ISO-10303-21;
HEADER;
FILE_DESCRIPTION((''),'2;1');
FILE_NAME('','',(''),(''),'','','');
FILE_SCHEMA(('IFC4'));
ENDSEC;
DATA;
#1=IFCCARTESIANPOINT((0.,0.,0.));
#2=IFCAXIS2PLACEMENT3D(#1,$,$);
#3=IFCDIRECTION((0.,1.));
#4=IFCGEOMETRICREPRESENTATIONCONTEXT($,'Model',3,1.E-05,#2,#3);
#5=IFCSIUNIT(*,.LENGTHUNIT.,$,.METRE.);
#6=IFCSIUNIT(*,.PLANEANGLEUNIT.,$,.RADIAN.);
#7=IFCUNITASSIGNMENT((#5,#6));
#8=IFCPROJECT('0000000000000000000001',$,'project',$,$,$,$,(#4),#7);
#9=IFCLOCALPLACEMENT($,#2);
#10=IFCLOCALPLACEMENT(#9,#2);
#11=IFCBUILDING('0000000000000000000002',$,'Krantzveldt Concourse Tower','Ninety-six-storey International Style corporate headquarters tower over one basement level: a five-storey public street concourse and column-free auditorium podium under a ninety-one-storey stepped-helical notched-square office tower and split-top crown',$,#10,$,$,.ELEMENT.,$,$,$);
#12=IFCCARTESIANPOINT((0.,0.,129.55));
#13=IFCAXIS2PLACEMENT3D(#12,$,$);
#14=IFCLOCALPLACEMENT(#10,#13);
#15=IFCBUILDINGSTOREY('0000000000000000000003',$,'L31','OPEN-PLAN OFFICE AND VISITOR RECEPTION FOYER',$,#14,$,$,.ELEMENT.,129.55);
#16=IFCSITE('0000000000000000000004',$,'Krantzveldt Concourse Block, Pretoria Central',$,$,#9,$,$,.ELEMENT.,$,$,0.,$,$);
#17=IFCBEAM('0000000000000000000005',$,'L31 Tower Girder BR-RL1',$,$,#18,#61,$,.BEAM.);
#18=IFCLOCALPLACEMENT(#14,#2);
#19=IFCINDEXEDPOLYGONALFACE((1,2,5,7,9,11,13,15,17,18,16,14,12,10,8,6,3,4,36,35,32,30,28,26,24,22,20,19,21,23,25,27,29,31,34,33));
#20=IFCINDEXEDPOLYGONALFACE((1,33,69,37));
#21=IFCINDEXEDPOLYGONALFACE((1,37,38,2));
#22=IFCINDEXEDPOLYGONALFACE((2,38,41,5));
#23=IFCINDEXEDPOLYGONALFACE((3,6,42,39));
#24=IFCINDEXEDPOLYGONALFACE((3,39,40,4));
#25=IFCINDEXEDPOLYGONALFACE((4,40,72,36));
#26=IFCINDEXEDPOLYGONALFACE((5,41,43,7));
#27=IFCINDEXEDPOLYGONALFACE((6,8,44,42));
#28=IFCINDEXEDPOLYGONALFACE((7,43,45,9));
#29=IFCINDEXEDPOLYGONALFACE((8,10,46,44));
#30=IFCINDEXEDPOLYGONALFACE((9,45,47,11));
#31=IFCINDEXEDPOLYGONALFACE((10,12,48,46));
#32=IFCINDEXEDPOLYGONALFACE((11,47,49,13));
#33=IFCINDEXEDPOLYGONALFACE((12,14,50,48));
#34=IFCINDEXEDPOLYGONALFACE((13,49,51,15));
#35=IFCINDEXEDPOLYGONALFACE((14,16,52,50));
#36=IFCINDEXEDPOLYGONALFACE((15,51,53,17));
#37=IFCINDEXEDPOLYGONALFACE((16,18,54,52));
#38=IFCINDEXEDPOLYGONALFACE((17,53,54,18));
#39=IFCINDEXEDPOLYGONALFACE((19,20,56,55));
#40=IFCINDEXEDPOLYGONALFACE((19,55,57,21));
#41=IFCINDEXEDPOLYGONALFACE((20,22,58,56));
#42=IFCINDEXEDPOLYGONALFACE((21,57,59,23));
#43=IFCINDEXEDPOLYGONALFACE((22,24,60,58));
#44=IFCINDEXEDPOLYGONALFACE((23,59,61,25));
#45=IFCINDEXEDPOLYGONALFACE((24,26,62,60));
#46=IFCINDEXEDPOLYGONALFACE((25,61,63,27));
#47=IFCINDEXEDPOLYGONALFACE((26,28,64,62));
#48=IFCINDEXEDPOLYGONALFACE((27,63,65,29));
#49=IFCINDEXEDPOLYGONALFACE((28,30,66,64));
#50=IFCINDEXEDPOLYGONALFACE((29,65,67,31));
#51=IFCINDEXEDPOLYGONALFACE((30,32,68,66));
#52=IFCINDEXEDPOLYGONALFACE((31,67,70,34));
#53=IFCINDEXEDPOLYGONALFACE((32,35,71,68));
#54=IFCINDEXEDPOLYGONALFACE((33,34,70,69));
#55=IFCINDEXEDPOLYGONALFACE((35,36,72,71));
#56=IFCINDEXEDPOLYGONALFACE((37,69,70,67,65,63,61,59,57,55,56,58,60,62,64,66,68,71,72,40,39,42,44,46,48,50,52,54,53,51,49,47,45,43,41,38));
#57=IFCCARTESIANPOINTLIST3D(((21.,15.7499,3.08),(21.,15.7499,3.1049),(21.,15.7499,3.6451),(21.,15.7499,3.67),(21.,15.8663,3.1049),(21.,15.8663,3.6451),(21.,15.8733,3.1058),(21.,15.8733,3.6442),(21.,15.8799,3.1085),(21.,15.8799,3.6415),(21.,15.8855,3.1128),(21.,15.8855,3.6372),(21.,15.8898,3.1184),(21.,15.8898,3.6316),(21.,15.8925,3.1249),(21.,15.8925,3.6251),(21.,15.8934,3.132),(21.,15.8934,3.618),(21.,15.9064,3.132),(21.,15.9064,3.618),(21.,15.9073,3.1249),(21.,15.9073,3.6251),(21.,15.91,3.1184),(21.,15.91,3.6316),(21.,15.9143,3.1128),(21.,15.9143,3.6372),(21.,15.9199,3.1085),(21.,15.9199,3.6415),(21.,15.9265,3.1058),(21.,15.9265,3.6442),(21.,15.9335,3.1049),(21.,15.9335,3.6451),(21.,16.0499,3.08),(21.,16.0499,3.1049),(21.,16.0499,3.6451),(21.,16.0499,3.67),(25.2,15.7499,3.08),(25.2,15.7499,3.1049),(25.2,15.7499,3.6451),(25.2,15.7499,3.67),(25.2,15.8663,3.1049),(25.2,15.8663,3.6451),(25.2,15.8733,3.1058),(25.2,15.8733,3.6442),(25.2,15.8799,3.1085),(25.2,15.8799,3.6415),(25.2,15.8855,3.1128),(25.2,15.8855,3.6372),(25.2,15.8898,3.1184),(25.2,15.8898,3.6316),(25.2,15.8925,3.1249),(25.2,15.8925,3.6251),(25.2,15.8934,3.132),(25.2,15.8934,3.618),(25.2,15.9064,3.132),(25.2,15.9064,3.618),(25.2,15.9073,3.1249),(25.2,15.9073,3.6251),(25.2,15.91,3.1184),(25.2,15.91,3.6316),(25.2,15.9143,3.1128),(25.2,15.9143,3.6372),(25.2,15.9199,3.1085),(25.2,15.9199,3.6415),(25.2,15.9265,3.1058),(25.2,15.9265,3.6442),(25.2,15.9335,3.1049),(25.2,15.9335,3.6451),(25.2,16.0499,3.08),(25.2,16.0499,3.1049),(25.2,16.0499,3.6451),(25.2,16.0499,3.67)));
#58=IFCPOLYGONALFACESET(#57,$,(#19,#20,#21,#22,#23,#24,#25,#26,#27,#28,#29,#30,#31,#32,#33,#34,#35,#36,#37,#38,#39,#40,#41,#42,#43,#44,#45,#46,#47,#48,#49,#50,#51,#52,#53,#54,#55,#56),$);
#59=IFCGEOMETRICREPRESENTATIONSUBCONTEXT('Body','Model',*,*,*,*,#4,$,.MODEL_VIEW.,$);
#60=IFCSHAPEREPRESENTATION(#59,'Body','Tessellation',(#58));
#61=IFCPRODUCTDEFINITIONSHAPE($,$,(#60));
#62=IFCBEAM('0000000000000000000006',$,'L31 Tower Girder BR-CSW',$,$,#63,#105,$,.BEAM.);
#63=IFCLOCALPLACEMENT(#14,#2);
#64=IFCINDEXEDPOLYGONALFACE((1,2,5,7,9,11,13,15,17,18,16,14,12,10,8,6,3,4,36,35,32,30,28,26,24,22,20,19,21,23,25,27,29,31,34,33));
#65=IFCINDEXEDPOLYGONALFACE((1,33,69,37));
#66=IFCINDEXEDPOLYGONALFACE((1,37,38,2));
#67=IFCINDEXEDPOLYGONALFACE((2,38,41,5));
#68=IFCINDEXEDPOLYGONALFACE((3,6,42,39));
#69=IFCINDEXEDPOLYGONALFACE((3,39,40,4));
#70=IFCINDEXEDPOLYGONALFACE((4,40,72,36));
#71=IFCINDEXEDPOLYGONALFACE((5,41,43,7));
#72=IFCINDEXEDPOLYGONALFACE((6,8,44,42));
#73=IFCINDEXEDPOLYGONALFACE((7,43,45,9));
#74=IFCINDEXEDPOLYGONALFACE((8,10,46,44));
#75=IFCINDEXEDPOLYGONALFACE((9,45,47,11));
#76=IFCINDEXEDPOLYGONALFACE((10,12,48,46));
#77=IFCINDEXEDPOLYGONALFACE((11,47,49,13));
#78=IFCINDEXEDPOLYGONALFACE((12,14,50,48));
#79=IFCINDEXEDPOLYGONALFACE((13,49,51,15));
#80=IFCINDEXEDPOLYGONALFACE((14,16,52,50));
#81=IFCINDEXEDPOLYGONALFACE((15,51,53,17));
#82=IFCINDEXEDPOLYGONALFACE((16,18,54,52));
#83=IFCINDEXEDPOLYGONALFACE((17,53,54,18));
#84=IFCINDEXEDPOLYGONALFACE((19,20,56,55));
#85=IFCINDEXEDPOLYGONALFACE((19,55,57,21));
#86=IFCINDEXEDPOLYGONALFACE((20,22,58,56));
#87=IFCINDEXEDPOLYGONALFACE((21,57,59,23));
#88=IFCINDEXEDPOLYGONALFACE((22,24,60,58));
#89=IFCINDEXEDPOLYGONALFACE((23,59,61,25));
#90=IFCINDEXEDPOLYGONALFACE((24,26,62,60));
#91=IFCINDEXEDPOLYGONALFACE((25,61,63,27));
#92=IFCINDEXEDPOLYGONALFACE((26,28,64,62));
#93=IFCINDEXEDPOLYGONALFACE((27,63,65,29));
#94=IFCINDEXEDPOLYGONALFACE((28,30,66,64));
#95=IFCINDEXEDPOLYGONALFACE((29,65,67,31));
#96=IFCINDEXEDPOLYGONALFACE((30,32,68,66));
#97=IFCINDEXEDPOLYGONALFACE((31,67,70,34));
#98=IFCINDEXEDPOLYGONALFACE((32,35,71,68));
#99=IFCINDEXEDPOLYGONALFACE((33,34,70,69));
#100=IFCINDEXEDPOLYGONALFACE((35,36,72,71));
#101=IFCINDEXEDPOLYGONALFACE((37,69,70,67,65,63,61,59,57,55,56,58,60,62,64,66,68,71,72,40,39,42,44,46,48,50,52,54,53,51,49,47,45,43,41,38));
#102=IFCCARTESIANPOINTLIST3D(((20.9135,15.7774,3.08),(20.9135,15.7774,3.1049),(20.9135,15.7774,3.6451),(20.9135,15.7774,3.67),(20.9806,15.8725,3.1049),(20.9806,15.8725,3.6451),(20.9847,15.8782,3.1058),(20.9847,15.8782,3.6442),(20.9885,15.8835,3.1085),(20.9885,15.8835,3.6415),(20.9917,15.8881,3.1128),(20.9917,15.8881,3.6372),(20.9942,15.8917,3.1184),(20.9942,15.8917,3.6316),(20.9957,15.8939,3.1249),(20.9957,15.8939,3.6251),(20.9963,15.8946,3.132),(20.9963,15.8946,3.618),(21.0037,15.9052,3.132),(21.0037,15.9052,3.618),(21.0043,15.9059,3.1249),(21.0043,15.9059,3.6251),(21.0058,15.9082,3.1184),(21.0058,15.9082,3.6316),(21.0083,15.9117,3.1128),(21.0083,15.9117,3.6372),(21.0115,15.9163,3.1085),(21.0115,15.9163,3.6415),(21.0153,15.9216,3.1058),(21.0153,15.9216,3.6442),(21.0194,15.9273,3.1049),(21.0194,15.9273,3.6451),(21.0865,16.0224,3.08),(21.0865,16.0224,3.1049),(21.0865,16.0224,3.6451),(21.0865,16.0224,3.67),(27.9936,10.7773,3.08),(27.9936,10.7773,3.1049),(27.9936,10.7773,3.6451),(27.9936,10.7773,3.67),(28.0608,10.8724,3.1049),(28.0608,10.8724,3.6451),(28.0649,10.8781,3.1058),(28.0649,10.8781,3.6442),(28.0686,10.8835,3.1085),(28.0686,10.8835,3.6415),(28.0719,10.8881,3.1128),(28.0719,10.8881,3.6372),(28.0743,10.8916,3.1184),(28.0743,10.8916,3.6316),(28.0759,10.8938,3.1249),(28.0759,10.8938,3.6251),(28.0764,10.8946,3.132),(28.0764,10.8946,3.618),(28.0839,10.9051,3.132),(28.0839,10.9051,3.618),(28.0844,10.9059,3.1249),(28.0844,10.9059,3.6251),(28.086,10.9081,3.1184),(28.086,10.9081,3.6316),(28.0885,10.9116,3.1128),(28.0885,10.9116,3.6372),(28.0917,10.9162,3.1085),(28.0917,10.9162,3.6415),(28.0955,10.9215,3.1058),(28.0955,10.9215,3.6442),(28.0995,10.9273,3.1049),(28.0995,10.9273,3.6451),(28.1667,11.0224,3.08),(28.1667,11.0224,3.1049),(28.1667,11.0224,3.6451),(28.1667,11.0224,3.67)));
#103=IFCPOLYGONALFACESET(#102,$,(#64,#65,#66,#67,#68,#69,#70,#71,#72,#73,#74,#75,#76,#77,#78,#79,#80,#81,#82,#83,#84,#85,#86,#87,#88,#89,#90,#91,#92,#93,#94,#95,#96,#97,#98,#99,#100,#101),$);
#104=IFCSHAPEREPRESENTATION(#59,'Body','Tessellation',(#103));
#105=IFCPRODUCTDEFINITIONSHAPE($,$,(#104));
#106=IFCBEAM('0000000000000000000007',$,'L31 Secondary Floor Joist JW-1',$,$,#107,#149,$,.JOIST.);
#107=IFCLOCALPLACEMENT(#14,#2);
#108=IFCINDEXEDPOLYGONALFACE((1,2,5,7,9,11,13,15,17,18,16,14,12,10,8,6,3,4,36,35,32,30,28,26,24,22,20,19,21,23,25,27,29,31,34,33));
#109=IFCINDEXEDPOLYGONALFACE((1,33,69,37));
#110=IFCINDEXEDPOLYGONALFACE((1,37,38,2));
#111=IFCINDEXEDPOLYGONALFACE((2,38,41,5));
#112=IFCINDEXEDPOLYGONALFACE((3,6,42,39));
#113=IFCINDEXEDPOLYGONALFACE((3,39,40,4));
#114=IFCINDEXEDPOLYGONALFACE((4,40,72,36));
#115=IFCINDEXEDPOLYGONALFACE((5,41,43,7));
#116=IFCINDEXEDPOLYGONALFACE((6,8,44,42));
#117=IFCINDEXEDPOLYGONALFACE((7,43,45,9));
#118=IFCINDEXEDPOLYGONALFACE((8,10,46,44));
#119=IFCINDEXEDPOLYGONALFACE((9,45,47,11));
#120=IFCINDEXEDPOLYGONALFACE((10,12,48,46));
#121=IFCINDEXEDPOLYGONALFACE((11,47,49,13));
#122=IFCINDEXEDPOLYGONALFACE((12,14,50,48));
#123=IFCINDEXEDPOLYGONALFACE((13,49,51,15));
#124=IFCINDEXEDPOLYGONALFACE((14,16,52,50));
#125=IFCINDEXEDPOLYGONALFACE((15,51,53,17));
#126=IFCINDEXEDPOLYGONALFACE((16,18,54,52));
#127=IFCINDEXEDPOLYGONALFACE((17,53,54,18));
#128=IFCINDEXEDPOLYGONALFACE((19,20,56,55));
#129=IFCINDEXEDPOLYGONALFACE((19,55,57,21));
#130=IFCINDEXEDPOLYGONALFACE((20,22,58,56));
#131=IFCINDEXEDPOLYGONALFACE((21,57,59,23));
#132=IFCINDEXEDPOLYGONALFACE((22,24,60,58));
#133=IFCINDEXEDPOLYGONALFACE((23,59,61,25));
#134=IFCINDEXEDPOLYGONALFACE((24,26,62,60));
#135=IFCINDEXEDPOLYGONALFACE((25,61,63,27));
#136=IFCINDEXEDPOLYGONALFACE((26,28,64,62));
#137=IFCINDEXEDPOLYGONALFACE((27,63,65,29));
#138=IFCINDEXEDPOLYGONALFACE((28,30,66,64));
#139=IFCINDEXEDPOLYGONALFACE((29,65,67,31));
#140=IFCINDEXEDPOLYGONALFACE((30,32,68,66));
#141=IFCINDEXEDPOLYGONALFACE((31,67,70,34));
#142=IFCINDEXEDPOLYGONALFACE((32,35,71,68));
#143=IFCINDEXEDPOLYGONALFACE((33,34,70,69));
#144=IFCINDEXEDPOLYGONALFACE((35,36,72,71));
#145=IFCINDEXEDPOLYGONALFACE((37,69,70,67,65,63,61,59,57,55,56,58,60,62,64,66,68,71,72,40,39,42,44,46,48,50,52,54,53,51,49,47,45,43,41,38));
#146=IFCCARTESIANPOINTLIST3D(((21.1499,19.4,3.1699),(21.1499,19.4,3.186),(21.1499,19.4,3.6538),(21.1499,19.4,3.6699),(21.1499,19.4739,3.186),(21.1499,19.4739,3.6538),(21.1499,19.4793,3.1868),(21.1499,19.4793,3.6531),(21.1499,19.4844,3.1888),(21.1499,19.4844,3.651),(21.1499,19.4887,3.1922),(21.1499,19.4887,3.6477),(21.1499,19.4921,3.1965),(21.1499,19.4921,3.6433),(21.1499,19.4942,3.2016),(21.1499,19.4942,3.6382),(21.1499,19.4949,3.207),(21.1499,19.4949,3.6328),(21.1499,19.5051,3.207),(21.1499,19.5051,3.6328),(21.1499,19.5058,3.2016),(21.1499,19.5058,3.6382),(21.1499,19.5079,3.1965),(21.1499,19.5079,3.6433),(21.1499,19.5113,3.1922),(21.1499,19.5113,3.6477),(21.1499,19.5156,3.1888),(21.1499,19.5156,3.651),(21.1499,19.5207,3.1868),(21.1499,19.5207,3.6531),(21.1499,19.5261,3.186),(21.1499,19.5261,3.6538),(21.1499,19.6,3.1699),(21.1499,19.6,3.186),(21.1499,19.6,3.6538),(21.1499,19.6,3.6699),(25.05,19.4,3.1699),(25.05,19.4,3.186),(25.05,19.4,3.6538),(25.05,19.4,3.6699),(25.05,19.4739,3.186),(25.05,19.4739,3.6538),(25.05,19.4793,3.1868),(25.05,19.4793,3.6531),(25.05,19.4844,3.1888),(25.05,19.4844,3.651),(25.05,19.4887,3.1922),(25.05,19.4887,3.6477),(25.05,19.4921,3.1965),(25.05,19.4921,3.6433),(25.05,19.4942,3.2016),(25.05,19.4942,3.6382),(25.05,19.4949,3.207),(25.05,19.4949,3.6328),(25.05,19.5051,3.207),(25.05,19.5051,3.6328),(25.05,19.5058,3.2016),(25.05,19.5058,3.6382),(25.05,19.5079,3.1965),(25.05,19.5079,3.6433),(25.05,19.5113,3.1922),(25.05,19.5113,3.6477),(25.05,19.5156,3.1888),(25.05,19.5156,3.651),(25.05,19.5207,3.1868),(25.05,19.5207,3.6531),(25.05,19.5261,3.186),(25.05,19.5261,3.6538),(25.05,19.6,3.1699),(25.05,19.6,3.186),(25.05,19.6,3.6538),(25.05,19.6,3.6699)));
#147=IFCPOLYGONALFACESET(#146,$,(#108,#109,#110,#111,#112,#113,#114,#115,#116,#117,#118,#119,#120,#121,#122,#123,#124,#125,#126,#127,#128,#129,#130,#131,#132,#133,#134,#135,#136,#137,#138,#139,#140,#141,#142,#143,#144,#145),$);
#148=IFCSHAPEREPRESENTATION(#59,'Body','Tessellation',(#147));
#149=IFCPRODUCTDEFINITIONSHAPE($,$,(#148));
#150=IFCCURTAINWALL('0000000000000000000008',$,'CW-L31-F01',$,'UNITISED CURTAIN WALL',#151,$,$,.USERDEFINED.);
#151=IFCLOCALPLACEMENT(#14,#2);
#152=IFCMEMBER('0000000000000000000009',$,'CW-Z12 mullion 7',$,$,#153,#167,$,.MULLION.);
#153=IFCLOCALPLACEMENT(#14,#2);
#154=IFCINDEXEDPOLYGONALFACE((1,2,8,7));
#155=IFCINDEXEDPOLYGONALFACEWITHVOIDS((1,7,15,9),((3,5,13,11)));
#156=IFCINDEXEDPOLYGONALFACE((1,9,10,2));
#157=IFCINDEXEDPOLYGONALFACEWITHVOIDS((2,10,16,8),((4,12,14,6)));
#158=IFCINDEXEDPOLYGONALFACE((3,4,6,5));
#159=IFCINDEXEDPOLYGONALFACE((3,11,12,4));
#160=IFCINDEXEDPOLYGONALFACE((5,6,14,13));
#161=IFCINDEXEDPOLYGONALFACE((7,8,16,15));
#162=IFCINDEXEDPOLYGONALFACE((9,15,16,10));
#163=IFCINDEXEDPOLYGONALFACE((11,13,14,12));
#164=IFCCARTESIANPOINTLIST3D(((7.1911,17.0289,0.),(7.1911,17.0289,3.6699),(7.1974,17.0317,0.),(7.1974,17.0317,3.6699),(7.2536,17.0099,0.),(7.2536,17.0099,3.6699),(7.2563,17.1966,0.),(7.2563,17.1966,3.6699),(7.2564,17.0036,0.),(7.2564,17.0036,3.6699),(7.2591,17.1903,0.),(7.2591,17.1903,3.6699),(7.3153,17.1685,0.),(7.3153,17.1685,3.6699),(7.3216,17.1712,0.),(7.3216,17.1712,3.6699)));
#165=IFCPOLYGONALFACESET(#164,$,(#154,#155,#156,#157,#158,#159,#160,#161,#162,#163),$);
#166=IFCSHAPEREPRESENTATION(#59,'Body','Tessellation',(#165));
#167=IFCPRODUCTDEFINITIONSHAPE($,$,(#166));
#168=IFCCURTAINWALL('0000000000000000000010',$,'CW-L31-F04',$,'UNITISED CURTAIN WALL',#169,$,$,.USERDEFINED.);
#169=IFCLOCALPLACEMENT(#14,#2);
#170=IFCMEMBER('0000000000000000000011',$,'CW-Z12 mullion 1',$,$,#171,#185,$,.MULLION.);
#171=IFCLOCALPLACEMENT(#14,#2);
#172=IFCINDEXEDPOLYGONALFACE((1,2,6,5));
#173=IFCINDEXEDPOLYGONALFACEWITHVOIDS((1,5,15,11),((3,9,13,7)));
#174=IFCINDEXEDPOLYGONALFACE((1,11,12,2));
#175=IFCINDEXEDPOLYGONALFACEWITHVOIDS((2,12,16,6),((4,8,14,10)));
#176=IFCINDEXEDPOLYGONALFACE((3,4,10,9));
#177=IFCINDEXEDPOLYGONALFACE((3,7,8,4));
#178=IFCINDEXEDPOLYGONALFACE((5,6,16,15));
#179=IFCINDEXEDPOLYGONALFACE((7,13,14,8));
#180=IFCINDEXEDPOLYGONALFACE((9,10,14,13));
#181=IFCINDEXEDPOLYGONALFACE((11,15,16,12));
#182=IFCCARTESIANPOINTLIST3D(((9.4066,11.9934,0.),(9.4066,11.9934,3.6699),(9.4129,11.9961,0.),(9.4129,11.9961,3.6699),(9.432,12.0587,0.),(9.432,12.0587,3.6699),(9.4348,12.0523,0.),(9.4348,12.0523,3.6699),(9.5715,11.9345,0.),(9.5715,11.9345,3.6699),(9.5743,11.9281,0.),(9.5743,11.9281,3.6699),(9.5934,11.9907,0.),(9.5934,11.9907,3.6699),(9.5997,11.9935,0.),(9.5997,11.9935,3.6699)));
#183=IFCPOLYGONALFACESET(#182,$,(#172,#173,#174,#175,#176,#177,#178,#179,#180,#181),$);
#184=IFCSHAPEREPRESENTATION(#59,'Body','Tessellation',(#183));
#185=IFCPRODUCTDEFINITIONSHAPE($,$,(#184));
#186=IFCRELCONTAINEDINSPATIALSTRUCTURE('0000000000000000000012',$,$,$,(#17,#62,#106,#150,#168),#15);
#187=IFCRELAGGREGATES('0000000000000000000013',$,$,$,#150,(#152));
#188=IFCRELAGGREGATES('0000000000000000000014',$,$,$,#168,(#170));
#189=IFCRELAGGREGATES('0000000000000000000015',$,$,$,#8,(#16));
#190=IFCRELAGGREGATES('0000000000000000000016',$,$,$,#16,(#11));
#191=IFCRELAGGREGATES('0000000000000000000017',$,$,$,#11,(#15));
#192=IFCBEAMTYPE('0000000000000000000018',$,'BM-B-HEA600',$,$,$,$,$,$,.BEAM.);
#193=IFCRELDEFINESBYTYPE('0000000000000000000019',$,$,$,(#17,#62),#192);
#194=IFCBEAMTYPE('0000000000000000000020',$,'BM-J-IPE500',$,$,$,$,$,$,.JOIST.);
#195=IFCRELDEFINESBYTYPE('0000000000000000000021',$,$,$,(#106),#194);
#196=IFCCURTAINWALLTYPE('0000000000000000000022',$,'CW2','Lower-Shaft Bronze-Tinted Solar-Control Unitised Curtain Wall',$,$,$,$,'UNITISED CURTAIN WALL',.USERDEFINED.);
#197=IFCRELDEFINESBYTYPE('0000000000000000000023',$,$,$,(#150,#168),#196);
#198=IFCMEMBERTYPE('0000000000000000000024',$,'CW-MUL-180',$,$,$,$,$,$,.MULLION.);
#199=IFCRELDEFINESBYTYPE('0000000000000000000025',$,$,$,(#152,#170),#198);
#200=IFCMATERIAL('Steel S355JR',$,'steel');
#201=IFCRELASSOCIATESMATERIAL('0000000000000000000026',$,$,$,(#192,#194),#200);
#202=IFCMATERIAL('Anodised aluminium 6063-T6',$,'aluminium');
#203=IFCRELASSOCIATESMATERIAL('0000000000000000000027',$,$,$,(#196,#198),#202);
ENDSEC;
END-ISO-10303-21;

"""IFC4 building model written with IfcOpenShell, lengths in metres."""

from ifc_helpers import new_model, si_unit, direction, frame, origin, origin_2d, place, context, subcontext, project, spatial, hollow_rectangle, i_section, extrude, source, transform, mapped, material, material_profile, profile_set, type_object, type_shapes, element, aggregate, save


model = new_model("IFC4")

# Units and contexts
model_context = context("Model", 3, precision=1e-05, world=origin(), true_north=direction((0.0, 1.0)))
body_context = subcontext(model_context, "Body", "Model", "MODEL_VIEW")
ifc_project = project(units=[si_unit("LENGTHUNIT", "METRE"), si_unit("PLANEANGLEUNIT", "RADIAN")], contexts=[model_context])

# Site, building, storey
site_placement = place(None, origin())
site = spatial("IfcSite", under=ifc_project, at=site_placement, Name="Krantzveldt Concourse Block, Pretoria Central", CompositionType="ELEMENT", RefElevation=0.0)
building_placement = place(site_placement, origin())
building = spatial("IfcBuilding", under=site, at=building_placement, Name="Krantzveldt Concourse Tower", Description="Ninety-six-storey International Style corporate headquarters tower over one basement level: a five-storey public street concourse and column-free auditorium podium under a ninety-one-storey stepped-helical notched-square office tower and split-top crown", CompositionType="ELEMENT")
storey_placement = place(building_placement, frame((0.0, 0.0, 129.55)))
storey = spatial("IfcBuildingStorey", under=building, at=storey_placement, Name="L31", Description="OPEN-PLAN OFFICE AND VISITOR RECEPTION FOYER", CompositionType="ELEMENT", Elevation=129.55)

# Beams
ifc_material_1 = material(Name="Steel S355JR", Category="steel")
ifc_material_profile_1 = material_profile(ifc_material_1, i_section(OverallWidth=0.3, OverallDepth=0.5901, WebThickness=0.0129, FlangeThickness=0.0249, FilletRadius=0.0271, at=origin_2d()), Name="Steel S355JR", Category="steel")
ifc_profile_set_1 = profile_set([ifc_material_profile_1], Name="Steel S355JR - HEA 600")
beam_type_1 = type_object("IfcBeamType", Name="BM-B-HEA600", PredefinedType="BEAM", material=ifc_profile_set_1)
shared_shape_1 = source(origin(), body_context, "Body", "SweptSolid", [
    extrude(i_section(OverallWidth=0.3, OverallDepth=0.5901, WebThickness=0.0129, FlangeThickness=0.0249, FilletRadius=0.0271, at=origin_2d()), origin(), (0.0, 0.0, 1.0), 4.2),
])
beam_1_placement = place(storey_placement, frame((21.0, 15.8999, 3.375), z_axis=(1.0, 0.0, 0.0), x_axis=(0.0, 1.0, 0.0)))
element("IfcBeam", 1, at=beam_1_placement, inside=storey, type_object=beam_type_1, Name="L31 Tower Girder BR-RL1", PredefinedType="BEAM", context=body_context, shape_type="MappedRepresentation", body=[
    mapped(shared_shape_1, transform((0.0, 0.0, 0.0), x_axis=(1.0, 0.0, 0.0), y_axis=(0.0, 1.0, 0.0), z_axis=(0.0, 0.0, 1.0), scale=1.0)),
])
shared_shape_2 = source(origin(), body_context, "Body", "SweptSolid", [
    extrude(i_section(OverallWidth=0.3, OverallDepth=0.5901, WebThickness=0.0129, FlangeThickness=0.0249, FilletRadius=0.0271, at=origin_2d()), origin(), (0.0, 0.0, 1.0), 8.6677),
])
type_shapes(beam_type_1, [shared_shape_1, shared_shape_2])
beam_2_placement = place(storey_placement, frame((21.0, 15.8999, 3.375), z_axis=(0.816843, -0.57686, 0.0), x_axis=(0.57686, 0.816843, 0.0)))
element("IfcBeam", 2, at=beam_2_placement, inside=storey, type_object=beam_type_1, Name="L31 Tower Girder BR-CSW", PredefinedType="BEAM", context=body_context, shape_type="MappedRepresentation", body=[
    mapped(shared_shape_2, transform((0.0, 0.0, 0.0), x_axis=(1.0, 0.0, 0.0), y_axis=(0.0, 1.0, 0.0), z_axis=(0.0, 0.0, 1.0), scale=1.0)),
])
ifc_material_profile_2 = material_profile(ifc_material_1, i_section(OverallWidth=0.2, OverallDepth=0.5, WebThickness=0.0103, FlangeThickness=0.0161, FilletRadius=0.021, at=origin_2d()), Name="Steel S355JR", Category="steel")
ifc_profile_set_2 = profile_set([ifc_material_profile_2], Name="Steel S355JR - IPE 500")
beam_type_2 = type_object("IfcBeamType", Name="BM-J-IPE500", PredefinedType="JOIST", material=ifc_profile_set_2)
shared_shape_3 = source(origin(), body_context, "Body", "SweptSolid", [
    extrude(i_section(OverallWidth=0.2, OverallDepth=0.5, WebThickness=0.0103, FlangeThickness=0.0161, FilletRadius=0.021, at=origin_2d()), origin(), (0.0, 0.0, 1.0), 3.9001),
])
type_shapes(beam_type_2, [shared_shape_3])
beam_3_placement = place(storey_placement, frame((21.1499, 19.5, 3.4199), z_axis=(1.0, 0.0, 0.0), x_axis=(0.0, 1.0, 0.0)))
element("IfcBeam", 3, at=beam_3_placement, inside=storey, type_object=beam_type_2, Name="L31 Secondary Floor Joist JW-1", PredefinedType="JOIST", context=body_context, shape_type="MappedRepresentation", body=[
    mapped(shared_shape_3, transform((0.0, 0.0, 0.0), x_axis=(1.0, 0.0, 0.0), y_axis=(0.0, 1.0, 0.0), z_axis=(0.0, 0.0, 1.0), scale=1.0)),
])

# Curtain wall, member
ifc_material_2 = material(Name="Anodised aluminium 6063-T6", Category="aluminium")
curtain_wall_type_1 = type_object("IfcCurtainWallType", Name="CW2", Description="Lower-Shaft Bronze-Tinted Solar-Control Unitised Curtain Wall", ElementType="UNITISED CURTAIN WALL", PredefinedType="USERDEFINED", material=ifc_material_2)
curtain_wall_1_placement = place(storey_placement, origin())
curtain_wall_1 = element("IfcCurtainWall", 4, at=curtain_wall_1_placement, inside=storey, type_object=curtain_wall_type_1, Name="CW-L31-F01", ObjectType="UNITISED CURTAIN WALL", PredefinedType="USERDEFINED")
ifc_material_profile_3 = material_profile(ifc_material_2, hollow_rectangle(XDim=0.0701, YDim=0.1799, WallThickness=0.0049, at=origin_2d()), Name="Anodised aluminium 6063-T6", Category="aluminium")
ifc_profile_set_3 = profile_set([ifc_material_profile_3], Name="Anodised aluminium 6063-T6 - ALU-MULL 180x70x5")
member_type_1 = type_object("IfcMemberType", Name="CW-MUL-180", PredefinedType="MULLION", material=ifc_profile_set_3)
shared_shape_4 = source(origin(), body_context, "Body", "SweptSolid", [
    extrude(hollow_rectangle(XDim=0.0701, YDim=0.1799, WallThickness=0.0049, at=origin_2d()), origin(), (0.0, 0.0, 1.0), 3.6699),
])
type_shapes(member_type_1, [shared_shape_4])
member_1_placement = place(storey_placement, frame((7.2563, 17.1001, 0.0), z_axis=(0.0, 0.0, 1.0), x_axis=(0.932008, -0.362438, 0.0)))
member_1 = element("IfcMember", 5, at=member_1_placement, type_object=member_type_1, Name="CW-Z12 mullion 7", PredefinedType="MULLION", context=body_context, shape_type="MappedRepresentation", body=[
    mapped(shared_shape_4, transform((0.0, 0.0, 0.0), x_axis=(1.0, 0.0, 0.0), y_axis=(0.0, 1.0, 0.0), z_axis=(0.0, 0.0, 1.0), scale=1.0)),
])

# Curtain wall, member
curtain_wall_2_placement = place(storey_placement, origin())
curtain_wall_2 = element("IfcCurtainWall", 6, at=curtain_wall_2_placement, inside=storey, type_object=curtain_wall_type_1, Name="CW-L31-F04", ObjectType="UNITISED CURTAIN WALL", PredefinedType="USERDEFINED")
member_2_placement = place(storey_placement, frame((9.5032, 11.9934, 0.0), z_axis=(0.0, 0.0, 1.0), x_axis=(0.362438, 0.932008, 0.0)))
member_2 = element("IfcMember", 7, at=member_2_placement, type_object=member_type_1, Name="CW-Z12 mullion 1", PredefinedType="MULLION", context=body_context, shape_type="MappedRepresentation", body=[
    mapped(shared_shape_4, transform((0.0, 0.0, 0.0), x_axis=(1.0, 0.0, 0.0), y_axis=(0.0, 1.0, 0.0), z_axis=(0.0, 0.0, 1.0), scale=1.0)),
])

aggregate(curtain_wall_1, [member_1])
aggregate(curtain_wall_2, [member_2])

save(model, "model.ifc")
